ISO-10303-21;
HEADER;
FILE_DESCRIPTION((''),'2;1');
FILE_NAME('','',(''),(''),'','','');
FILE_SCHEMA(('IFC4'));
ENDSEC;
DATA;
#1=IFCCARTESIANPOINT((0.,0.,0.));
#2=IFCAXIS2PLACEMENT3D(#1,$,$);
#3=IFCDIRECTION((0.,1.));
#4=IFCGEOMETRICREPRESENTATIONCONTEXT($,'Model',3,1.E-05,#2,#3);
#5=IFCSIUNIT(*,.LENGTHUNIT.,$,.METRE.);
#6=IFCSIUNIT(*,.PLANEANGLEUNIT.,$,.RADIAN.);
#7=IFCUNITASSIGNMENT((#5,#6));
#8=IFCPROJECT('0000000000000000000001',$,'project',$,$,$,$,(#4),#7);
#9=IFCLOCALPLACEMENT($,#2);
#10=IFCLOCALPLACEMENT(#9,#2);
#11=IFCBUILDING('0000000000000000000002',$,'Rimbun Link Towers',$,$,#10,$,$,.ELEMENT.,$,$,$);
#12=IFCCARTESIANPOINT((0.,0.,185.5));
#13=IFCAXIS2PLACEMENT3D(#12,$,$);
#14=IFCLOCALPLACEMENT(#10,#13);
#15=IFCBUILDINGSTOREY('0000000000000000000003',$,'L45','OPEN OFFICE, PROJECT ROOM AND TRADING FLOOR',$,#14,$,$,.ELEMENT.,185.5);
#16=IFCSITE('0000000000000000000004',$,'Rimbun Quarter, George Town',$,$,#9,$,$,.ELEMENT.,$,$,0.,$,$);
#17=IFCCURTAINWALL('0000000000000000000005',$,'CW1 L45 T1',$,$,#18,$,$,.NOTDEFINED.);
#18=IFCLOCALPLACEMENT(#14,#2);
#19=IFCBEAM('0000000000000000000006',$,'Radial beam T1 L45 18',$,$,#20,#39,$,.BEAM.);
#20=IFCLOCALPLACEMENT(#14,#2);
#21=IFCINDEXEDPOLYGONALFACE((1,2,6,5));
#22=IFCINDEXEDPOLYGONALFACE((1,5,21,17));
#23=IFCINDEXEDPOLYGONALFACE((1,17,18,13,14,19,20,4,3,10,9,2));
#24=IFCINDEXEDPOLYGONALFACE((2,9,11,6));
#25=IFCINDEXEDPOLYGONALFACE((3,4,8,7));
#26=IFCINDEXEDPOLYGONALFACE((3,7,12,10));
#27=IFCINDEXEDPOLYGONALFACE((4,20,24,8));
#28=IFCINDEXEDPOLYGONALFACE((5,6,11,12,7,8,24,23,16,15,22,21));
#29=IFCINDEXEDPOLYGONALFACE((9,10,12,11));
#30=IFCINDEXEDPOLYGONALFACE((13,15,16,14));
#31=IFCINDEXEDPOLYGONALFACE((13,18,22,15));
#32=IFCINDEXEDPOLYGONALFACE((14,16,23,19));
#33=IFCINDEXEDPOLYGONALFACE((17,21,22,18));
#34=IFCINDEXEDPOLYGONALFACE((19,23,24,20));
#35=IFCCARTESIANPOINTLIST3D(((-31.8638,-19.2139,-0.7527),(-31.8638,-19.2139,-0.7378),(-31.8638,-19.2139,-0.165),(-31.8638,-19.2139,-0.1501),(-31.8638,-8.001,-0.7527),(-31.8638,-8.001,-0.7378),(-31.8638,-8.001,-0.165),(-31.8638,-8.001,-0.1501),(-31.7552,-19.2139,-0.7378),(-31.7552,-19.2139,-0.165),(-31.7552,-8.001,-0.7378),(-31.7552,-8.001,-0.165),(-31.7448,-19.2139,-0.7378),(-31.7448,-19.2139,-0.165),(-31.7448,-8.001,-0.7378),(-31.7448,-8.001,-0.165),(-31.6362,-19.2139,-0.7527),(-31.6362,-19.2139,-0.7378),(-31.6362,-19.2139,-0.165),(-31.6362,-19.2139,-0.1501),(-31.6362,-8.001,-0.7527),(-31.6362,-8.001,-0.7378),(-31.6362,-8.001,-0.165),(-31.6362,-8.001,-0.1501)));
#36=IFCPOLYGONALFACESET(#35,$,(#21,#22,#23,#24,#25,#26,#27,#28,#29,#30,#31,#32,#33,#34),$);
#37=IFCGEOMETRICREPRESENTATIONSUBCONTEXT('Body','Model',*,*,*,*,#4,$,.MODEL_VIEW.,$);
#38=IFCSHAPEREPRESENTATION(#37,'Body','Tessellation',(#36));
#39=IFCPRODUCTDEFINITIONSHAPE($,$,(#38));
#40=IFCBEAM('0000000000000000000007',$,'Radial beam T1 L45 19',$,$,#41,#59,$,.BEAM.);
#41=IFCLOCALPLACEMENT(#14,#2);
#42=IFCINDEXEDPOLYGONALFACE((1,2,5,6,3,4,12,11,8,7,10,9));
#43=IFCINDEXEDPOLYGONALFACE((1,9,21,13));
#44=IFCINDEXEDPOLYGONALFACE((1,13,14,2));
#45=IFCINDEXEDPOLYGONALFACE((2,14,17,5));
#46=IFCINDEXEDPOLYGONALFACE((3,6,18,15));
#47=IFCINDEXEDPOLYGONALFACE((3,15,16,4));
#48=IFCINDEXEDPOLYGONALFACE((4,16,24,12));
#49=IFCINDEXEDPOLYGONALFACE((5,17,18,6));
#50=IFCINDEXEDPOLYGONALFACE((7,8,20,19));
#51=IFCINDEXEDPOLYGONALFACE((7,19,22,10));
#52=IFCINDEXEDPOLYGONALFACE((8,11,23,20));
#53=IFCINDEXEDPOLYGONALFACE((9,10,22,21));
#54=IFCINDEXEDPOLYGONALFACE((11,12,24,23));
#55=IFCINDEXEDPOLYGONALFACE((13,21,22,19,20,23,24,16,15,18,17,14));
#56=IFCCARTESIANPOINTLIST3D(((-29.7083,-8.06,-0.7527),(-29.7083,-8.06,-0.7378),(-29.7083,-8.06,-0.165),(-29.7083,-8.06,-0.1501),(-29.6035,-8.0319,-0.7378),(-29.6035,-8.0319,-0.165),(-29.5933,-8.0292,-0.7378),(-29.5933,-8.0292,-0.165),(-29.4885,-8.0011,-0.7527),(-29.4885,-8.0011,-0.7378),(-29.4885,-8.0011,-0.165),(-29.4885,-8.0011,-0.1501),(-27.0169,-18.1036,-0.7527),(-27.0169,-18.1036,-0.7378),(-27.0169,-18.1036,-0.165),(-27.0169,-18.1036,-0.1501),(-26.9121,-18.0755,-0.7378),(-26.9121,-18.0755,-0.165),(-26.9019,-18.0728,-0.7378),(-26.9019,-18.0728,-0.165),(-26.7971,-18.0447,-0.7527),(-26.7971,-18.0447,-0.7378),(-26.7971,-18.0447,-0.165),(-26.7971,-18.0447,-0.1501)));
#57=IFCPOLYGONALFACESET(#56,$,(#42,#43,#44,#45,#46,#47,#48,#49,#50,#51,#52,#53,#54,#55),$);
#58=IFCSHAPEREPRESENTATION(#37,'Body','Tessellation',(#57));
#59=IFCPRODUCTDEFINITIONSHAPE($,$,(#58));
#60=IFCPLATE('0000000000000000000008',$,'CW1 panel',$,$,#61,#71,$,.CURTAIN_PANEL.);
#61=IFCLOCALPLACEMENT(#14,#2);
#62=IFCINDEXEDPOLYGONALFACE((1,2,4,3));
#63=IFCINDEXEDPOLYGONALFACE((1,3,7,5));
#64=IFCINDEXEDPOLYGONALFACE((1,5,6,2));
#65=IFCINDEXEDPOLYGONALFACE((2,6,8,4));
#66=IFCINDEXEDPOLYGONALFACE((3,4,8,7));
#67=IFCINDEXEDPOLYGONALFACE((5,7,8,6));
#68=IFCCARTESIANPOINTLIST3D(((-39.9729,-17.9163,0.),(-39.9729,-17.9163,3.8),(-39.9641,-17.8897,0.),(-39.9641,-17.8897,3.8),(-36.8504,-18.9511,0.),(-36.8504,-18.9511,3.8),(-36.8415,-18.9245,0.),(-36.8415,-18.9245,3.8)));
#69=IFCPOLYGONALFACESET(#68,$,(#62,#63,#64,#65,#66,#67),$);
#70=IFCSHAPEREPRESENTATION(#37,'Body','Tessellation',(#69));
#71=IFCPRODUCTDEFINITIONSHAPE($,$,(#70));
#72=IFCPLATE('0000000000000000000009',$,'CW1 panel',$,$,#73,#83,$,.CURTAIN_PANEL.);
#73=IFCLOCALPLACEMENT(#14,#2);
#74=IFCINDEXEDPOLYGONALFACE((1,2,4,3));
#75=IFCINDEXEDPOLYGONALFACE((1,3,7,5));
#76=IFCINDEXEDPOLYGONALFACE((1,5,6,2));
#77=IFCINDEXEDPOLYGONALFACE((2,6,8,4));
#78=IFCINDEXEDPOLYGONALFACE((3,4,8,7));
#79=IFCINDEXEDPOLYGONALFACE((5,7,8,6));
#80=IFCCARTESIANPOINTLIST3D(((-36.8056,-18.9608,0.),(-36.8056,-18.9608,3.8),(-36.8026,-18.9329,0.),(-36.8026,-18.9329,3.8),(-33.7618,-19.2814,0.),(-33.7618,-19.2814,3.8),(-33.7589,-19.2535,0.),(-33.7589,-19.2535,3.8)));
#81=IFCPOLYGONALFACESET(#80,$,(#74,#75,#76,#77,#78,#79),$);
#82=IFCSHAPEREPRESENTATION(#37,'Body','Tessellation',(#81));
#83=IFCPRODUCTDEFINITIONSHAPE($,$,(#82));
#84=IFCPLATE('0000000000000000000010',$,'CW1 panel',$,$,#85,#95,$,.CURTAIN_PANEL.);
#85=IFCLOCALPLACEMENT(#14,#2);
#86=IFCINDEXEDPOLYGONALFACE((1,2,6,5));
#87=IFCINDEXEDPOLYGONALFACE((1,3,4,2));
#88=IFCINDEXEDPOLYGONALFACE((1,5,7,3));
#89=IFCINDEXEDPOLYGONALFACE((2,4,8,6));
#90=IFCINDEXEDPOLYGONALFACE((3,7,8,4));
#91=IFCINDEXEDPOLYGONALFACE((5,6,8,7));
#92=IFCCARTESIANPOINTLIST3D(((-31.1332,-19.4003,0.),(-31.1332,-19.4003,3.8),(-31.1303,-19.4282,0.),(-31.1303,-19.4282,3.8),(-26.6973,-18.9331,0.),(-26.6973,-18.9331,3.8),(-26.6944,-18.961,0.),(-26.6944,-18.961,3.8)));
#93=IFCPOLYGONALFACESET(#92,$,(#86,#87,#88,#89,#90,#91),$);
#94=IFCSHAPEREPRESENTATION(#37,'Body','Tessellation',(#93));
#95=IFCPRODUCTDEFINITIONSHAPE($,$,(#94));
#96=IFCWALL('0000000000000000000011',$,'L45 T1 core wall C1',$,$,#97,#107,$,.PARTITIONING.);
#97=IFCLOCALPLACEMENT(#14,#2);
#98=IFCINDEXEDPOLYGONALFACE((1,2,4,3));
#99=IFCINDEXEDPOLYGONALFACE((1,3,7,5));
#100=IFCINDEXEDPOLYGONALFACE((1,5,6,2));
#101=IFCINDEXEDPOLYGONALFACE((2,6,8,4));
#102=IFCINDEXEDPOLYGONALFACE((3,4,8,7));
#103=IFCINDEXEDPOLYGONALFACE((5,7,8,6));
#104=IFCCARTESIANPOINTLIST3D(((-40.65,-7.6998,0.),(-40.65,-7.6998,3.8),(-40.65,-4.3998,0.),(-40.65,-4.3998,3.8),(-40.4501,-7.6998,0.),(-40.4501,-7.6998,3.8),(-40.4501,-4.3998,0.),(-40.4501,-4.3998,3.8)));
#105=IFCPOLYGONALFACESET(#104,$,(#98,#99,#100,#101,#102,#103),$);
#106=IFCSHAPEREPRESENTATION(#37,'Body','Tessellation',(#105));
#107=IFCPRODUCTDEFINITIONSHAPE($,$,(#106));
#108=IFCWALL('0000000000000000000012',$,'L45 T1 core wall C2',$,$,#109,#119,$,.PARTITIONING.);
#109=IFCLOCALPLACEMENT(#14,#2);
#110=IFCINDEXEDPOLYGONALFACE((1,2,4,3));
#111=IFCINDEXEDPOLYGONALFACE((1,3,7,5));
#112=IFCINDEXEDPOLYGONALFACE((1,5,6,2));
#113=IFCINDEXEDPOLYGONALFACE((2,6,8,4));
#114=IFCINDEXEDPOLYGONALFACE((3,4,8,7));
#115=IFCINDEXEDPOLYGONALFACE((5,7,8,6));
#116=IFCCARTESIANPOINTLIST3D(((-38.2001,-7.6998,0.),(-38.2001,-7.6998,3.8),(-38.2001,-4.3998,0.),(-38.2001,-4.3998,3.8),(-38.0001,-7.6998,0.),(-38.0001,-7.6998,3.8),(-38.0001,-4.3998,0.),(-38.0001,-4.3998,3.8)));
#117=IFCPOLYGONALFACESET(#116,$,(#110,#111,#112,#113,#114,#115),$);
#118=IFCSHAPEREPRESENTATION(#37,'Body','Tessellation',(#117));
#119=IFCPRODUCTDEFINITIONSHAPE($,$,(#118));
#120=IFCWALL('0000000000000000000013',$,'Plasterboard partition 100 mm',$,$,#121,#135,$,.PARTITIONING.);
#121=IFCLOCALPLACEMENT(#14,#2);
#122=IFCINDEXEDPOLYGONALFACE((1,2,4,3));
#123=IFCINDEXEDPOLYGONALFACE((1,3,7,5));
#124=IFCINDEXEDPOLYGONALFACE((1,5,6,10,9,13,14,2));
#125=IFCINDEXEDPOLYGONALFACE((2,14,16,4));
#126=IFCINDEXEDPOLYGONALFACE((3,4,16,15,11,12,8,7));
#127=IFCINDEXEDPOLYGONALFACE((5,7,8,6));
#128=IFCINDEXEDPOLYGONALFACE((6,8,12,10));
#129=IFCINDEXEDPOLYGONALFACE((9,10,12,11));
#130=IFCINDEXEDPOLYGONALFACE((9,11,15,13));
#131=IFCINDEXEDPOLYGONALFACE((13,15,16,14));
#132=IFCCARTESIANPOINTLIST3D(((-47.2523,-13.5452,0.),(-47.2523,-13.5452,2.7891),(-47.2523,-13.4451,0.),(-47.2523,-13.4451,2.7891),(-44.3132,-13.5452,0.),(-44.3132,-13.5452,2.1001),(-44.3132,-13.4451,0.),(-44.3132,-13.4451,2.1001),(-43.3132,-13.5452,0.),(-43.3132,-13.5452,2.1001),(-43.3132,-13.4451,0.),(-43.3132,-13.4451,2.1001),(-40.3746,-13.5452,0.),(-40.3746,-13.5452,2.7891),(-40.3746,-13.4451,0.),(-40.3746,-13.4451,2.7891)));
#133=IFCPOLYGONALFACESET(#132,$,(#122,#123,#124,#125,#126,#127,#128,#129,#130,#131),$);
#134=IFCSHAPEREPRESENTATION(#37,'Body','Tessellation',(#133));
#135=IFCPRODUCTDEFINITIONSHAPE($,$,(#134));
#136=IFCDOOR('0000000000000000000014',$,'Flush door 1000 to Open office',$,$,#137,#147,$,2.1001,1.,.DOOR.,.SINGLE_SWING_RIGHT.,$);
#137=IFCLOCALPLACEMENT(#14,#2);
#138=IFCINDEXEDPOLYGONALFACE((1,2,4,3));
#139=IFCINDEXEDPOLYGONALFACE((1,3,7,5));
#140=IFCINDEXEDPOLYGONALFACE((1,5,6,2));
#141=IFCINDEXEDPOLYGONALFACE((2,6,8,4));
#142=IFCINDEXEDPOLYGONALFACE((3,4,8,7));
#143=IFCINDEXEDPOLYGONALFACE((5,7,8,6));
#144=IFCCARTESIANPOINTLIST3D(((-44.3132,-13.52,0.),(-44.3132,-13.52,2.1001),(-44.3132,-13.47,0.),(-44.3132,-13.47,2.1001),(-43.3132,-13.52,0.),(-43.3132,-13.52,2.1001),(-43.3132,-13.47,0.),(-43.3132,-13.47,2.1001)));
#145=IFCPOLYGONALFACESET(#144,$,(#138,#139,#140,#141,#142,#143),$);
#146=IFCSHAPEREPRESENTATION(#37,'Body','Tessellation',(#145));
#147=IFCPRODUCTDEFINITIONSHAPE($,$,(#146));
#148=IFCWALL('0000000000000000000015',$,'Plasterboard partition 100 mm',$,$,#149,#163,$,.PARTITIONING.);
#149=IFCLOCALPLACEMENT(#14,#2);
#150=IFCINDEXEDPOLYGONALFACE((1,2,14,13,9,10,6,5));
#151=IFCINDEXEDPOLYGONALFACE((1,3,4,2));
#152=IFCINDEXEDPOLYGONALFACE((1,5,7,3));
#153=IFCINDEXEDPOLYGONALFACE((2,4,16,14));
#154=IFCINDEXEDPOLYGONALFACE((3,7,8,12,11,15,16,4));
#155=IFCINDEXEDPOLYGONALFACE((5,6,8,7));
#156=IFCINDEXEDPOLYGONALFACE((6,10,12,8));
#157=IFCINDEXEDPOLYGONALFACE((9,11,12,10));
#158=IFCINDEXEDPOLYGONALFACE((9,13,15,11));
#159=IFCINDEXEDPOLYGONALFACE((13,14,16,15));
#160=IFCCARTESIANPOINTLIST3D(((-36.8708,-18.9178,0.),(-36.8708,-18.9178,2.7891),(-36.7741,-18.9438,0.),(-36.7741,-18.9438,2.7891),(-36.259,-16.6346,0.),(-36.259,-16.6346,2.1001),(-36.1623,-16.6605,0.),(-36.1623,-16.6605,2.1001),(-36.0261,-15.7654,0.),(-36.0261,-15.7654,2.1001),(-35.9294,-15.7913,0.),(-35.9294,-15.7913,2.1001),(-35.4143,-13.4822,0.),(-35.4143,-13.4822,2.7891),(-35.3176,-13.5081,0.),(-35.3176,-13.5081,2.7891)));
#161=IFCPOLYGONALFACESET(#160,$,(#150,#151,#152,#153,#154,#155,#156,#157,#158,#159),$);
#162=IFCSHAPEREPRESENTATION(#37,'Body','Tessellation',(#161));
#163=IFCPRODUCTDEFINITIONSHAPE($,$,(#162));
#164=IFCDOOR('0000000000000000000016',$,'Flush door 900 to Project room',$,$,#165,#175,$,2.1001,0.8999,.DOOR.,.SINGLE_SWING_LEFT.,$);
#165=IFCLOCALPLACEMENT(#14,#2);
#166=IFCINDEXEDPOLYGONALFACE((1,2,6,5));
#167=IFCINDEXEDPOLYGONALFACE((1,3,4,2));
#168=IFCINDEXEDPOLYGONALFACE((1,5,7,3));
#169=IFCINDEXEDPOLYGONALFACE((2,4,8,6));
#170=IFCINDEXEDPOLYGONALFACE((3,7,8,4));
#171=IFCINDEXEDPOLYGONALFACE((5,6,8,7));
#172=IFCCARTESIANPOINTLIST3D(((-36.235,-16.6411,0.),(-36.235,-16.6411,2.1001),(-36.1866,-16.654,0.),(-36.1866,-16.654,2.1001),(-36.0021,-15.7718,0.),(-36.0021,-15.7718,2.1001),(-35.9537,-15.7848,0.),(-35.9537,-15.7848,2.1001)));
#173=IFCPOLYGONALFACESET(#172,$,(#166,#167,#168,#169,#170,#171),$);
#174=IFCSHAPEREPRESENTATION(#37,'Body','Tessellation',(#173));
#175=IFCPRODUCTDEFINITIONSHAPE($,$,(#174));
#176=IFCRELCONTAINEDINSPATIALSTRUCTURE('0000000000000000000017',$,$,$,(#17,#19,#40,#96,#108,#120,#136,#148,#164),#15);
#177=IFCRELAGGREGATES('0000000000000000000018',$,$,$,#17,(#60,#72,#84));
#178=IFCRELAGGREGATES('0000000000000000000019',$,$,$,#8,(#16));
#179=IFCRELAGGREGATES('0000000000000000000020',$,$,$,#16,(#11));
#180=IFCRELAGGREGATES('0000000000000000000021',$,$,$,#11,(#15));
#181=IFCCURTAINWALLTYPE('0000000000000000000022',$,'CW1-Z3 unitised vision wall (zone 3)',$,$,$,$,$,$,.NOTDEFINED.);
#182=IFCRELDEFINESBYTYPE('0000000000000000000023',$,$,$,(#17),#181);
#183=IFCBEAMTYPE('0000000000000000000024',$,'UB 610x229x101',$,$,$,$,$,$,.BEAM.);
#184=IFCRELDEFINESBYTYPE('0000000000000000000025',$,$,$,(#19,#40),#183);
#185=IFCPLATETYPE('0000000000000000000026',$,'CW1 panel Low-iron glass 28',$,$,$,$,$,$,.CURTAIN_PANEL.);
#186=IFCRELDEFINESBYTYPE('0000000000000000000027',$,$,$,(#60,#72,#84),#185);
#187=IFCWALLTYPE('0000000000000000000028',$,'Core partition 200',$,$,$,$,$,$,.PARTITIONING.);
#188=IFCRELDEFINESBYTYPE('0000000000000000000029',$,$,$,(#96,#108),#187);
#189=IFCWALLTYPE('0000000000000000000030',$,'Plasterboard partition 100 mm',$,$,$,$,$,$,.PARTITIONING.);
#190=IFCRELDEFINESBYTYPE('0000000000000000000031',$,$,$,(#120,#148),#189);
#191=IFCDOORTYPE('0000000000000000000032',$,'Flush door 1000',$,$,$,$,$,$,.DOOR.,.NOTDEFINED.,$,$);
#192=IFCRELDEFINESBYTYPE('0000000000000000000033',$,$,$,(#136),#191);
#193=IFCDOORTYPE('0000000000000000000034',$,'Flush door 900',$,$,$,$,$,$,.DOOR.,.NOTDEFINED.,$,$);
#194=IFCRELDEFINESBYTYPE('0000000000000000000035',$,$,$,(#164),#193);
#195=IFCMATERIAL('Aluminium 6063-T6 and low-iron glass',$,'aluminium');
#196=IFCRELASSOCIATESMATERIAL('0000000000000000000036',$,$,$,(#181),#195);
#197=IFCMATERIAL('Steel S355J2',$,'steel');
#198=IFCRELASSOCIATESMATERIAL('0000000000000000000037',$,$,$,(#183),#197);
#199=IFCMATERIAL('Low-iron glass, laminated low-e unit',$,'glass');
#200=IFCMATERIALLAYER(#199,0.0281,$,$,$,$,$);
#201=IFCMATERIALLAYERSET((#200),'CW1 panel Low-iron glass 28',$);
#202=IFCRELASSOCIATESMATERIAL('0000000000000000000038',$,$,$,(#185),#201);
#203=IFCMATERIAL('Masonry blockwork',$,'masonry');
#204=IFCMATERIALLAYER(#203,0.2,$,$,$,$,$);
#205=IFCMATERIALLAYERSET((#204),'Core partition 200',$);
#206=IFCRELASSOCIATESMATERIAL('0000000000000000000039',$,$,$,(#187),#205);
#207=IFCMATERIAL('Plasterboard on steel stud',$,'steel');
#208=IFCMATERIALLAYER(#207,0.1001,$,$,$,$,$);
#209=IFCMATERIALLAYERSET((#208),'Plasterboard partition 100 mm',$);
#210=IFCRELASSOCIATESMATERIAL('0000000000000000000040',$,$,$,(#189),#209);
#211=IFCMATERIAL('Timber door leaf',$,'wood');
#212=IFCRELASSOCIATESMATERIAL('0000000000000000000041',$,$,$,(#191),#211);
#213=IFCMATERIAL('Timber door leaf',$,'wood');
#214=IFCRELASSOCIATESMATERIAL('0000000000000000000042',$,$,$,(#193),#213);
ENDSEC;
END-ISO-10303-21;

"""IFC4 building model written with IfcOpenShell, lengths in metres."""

from ifc_helpers import new_model, si_unit, direction, frame, frame_2d, origin, origin_2d, place, context, subcontext, project, spatial, rectangle, i_section, extrude, material, layer, layer_set, material_profile, profile_set, type_object, element, fill, aggregate, save


model = new_model("IFC4")

# Units and contexts
model_context = context("Model", 3, precision=1e-05, world=origin(), true_north=direction((0.0, 1.0)))
body_context = subcontext(model_context, "Body", "Model", "MODEL_VIEW")
ifc_project = project(units=[si_unit("LENGTHUNIT", "METRE"), si_unit("PLANEANGLEUNIT", "RADIAN")], contexts=[model_context])

# Site, building, storey
site_placement = place(None, origin())
site = spatial("IfcSite", under=ifc_project, at=site_placement, Name="Rimbun Quarter, George Town", CompositionType="ELEMENT", RefElevation=0.0)
building_placement = place(site_placement, origin())
building = spatial("IfcBuilding", under=site, at=building_placement, Name="Rimbun Link Towers", CompositionType="ELEMENT")
storey_placement = place(building_placement, frame((0.0, 0.0, 185.5)))
storey = spatial("IfcBuildingStorey", under=building, at=storey_placement, Name="L45", Description="OPEN OFFICE, PROJECT ROOM AND TRADING FLOOR", CompositionType="ELEMENT", Elevation=185.5)

# Curtain wall
ifc_material_1 = material(Name="Aluminium 6063-T6 and low-iron glass", Category="aluminium")
curtain_wall_type = type_object("IfcCurtainWallType", Name="CW1-Z3 unitised vision wall (zone 3)", PredefinedType="NOTDEFINED", material=ifc_material_1)
curtain_wall_placement = place(storey_placement, origin())
curtain_wall = element("IfcCurtainWall", 1, at=curtain_wall_placement, inside=storey, type_object=curtain_wall_type, Name="CW1 L45 T1", PredefinedType="NOTDEFINED")

# Beams
ifc_material_2 = material(Name="Steel S355J2", Category="steel")
ifc_material_profile_1 = material_profile(ifc_material_2, i_section(OverallWidth=0.2275, OverallDepth=0.6025, WebThickness=0.0105, FlangeThickness=0.0149, at=origin_2d()), Name="UB 610x229x101")
ifc_profile_set_1 = profile_set([ifc_material_profile_1], Name="Steel S355J2")
beam_type_1 = type_object("IfcBeamType", Name="UB 610x229x101", PredefinedType="BEAM", material=ifc_profile_set_1)
beam_1_placement = place(storey_placement, frame((-31.75, -8.001, -0.4514), z_axis=(0.0, -1.0, 0.0), x_axis=(1.0, 0.0, 0.0)))
element("IfcBeam", 2, at=beam_1_placement, inside=storey, type_object=beam_type_1, Name="Radial beam T1 L45 18", PredefinedType="BEAM", context=body_context, shape_type="SweptSolid", body=[
    extrude(i_section(OverallWidth=0.2275, OverallDepth=0.6025, WebThickness=0.0105, FlangeThickness=0.0149, at=origin_2d()), origin(), (0.0, 0.0, 1.0), 11.2129),
])
beam_2_placement = place(storey_placement, frame((-29.5984, -8.0305, -0.4514), z_axis=(0.258837, -0.965921, 0.0), x_axis=(0.965921, 0.258837, 0.0)))
element("IfcBeam", 3, at=beam_2_placement, inside=storey, type_object=beam_type_1, Name="Radial beam T1 L45 19", PredefinedType="BEAM", context=body_context, shape_type="SweptSolid", body=[
    extrude(i_section(OverallWidth=0.2275, OverallDepth=0.6025, WebThickness=0.0105, FlangeThickness=0.0149, at=origin_2d()), origin(), (0.0, 0.0, 1.0), 10.3979),
])

# Plates
ifc_material_3 = material(Name="Low-iron glass, laminated low-e unit", Category="glass")
ifc_layer_1 = layer(ifc_material_3, 0.0281)
ifc_layer_set_1 = layer_set([ifc_layer_1], Name="CW1 panel Low-iron glass 28")
plate_type = type_object("IfcPlateType", Name="CW1 panel Low-iron glass 28", PredefinedType="CURTAIN_PANEL", material=ifc_layer_set_1)
plate_1_placement = place(storey_placement, frame((-38.4072, -18.4204, 0.0), z_axis=(0.0, 0.0, 1.0), x_axis=(-0.949236, 0.314565, 0.0)))
plate_1 = element("IfcPlate", 4, at=plate_1_placement, type_object=plate_type, Name="CW1 panel", PredefinedType="CURTAIN_PANEL", context=body_context, shape_type="SweptSolid", body=[
    extrude(rectangle(XDim=3.2896, YDim=0.0281, at=origin_2d()), origin(), (0.0, 0.0, 1.0), 3.8),
])
plate_2_placement = place(storey_placement, frame((-35.2822, -19.1072, 0.0), z_axis=(0.0, 0.0, 1.0), x_axis=(-0.994498, 0.104753, 0.0)))
plate_2 = element("IfcPlate", 5, at=plate_2_placement, type_object=plate_type, Name="CW1 panel", PredefinedType="CURTAIN_PANEL", context=body_context, shape_type="SweptSolid", body=[
    extrude(rectangle(XDim=3.0605, YDim=0.0281, at=origin_2d()), origin(), (0.0, 0.0, 1.0), 3.8),
])
plate_3_placement = place(storey_placement, frame((-28.9138, -19.1807, 0.0), z_axis=(0.0, 0.0, 1.0), x_axis=(-0.994498, -0.104753, 0.0)))
plate_3 = element("IfcPlate", 6, at=plate_3_placement, type_object=plate_type, Name="CW1 panel", PredefinedType="CURTAIN_PANEL", context=body_context, shape_type="SweptSolid", body=[
    extrude(rectangle(XDim=4.4604, YDim=0.0281, at=origin_2d()), origin(), (0.0, 0.0, 1.0), 3.8),
])
aggregate(curtain_wall, [plate_1, plate_2, plate_3])

# Walls
ifc_material_4 = material(Name="Masonry blockwork", Category="masonry")
ifc_layer_2 = layer(ifc_material_4, 0.2)
ifc_layer_set_2 = layer_set([ifc_layer_2], Name="Core partition 200")
wall_type_1 = type_object("IfcWallType", Name="Core partition 200", PredefinedType="PARTITIONING", material=ifc_layer_set_2)
for number, where, z_axis, x_axis, name in (
    (7, (-40.55, -4.3999, 0.0), (0.0, 0.0, 1.0), (0.0, -1.0, 0.0), "L45 T1 core wall C1"),
    (8, (-38.1001, -4.3999, 0.0), (0.0, 0.0, 1.0), (0.0, -1.0, 0.0), "L45 T1 core wall C2"),
):
    element("IfcWall", number, at=place(storey_placement, frame(where, z_axis=z_axis, x_axis=x_axis)), inside=storey, type_object=wall_type_1, Name=name, PredefinedType="PARTITIONING", context=body_context, shape_type="SweptSolid", body=[
        extrude(rectangle(XDim=3.3, YDim=0.2, at=frame_2d((1.6499, 0.0))), origin(), (0.0, 0.0, 1.0), 3.8),
    ])

# Walls, openings, doors
ifc_material_5 = material(Name="Plasterboard on steel stud", Category="steel")
ifc_layer_3 = layer(ifc_material_5, 0.1001)
ifc_layer_set_3 = layer_set([ifc_layer_3], Name="Plasterboard partition 100 mm")
wall_type_2 = type_object("IfcWallType", Name="Plasterboard partition 100 mm", PredefinedType="PARTITIONING", material=ifc_layer_set_3)
wall_1_placement = place(storey_placement, frame((-40.3745, -13.4951, 0.0), z_axis=(0.0, 0.0, 1.0), x_axis=(-1.0, 0.0, 0.0)))
wall_1 = element("IfcWall", 9, at=wall_1_placement, inside=storey, type_object=wall_type_2, Name="Plasterboard partition 100 mm", PredefinedType="PARTITIONING", context=body_context, shape_type="SweptSolid", body=[
    extrude(rectangle(XDim=6.8777, YDim=0.1001, at=frame_2d((3.439, 0.0))), origin(), (0.0, 0.0, 1.0), 2.7891),
])
opening_1_placement = place(wall_1_placement, frame((2.9387, 0.0, 0.0)))
opening_1 = element("IfcOpeningElement", 10, at=opening_1_placement, cuts=wall_1, PredefinedType="OPENING", context=body_context, shape_type="SweptSolid", body=[
    extrude(rectangle(XDim=1.0, YDim=2.1001, at=frame_2d((0.5, 1.05))), frame((0.0, 0.0601, 0.0), z_axis=(0.0, -1.0, 0.0), x_axis=(1.0, 0.0, 0.0)), (0.0, 0.0, 1.0), 0.1201),
])
ifc_material_6 = material(Name="Timber door leaf", Category="wood")
door_type_1 = type_object("IfcDoorType", Name="Flush door 1000", OperationType="NOTDEFINED", PredefinedType="DOOR", material=ifc_material_6)
door_1_placement = place(opening_1_placement, origin())
door_1 = element("IfcDoor", 11, at=door_1_placement, inside=storey, type_object=door_type_1, Name="Flush door 1000 to Open office", OperationType="SINGLE_SWING_RIGHT", OverallHeight=2.1001, OverallWidth=1.0, PredefinedType="DOOR", context=body_context, shape_type="SweptSolid", body=[
    extrude(rectangle(XDim=1.0, YDim=2.1001, at=frame_2d((0.5, 1.05))), frame((0.0, 0.0249, 0.0), z_axis=(0.0, -1.0, 0.0), x_axis=(1.0, 0.0, 0.0)), (0.0, 0.0, 1.0), 0.05),
])
fill(opening_1, door_1)
wall_2_placement = place(storey_placement, frame((-35.366, -13.4951, 0.0), z_axis=(0.0, 0.0, 1.0), x_axis=(-0.258824, -0.965925, 0.0)))
wall_2 = element("IfcWall", 12, at=wall_2_placement, inside=storey, type_object=wall_type_2, Name="Plasterboard partition 100 mm", PredefinedType="PARTITIONING", context=body_context, shape_type="SweptSolid", body=[
    extrude(rectangle(XDim=5.6274, YDim=0.1001, at=frame_2d((2.8137, 0.0))), origin(), (0.0, 0.0, 1.0), 2.7891),
])
opening_2_placement = place(wall_2_placement, frame((2.3638, 0.0, 0.0)))
opening_2 = element("IfcOpeningElement", 13, at=opening_2_placement, cuts=wall_2, PredefinedType="OPENING", context=body_context, shape_type="SweptSolid", body=[
    extrude(rectangle(XDim=0.8999, YDim=2.1001, at=frame_2d((0.45, 1.05))), frame((0.0, 0.0601, 0.0), z_axis=(0.0, -1.0, 0.0), x_axis=(1.0, 0.0, 0.0)), (0.0, 0.0, 1.0), 0.1201),
])
ifc_material_7 = material(Name="Timber door leaf", Category="wood")
door_type_2 = type_object("IfcDoorType", Name="Flush door 900", OperationType="NOTDEFINED", PredefinedType="DOOR", material=ifc_material_7)
door_2_placement = place(opening_2_placement, origin())
door_2 = element("IfcDoor", 14, at=door_2_placement, inside=storey, type_object=door_type_2, Name="Flush door 900 to Project room", OperationType="SINGLE_SWING_LEFT", OverallHeight=2.1001, OverallWidth=0.8999, PredefinedType="DOOR", context=body_context, shape_type="SweptSolid", body=[
    extrude(rectangle(XDim=0.8999, YDim=2.1001, at=frame_2d((0.45, 1.05))), frame((0.0, 0.0249, 0.0), z_axis=(0.0, -1.0, 0.0), x_axis=(1.0, 0.0, 0.0)), (0.0, 0.0, 1.0), 0.05),
])
fill(opening_2, door_2)

save(model, "model.ifc")
